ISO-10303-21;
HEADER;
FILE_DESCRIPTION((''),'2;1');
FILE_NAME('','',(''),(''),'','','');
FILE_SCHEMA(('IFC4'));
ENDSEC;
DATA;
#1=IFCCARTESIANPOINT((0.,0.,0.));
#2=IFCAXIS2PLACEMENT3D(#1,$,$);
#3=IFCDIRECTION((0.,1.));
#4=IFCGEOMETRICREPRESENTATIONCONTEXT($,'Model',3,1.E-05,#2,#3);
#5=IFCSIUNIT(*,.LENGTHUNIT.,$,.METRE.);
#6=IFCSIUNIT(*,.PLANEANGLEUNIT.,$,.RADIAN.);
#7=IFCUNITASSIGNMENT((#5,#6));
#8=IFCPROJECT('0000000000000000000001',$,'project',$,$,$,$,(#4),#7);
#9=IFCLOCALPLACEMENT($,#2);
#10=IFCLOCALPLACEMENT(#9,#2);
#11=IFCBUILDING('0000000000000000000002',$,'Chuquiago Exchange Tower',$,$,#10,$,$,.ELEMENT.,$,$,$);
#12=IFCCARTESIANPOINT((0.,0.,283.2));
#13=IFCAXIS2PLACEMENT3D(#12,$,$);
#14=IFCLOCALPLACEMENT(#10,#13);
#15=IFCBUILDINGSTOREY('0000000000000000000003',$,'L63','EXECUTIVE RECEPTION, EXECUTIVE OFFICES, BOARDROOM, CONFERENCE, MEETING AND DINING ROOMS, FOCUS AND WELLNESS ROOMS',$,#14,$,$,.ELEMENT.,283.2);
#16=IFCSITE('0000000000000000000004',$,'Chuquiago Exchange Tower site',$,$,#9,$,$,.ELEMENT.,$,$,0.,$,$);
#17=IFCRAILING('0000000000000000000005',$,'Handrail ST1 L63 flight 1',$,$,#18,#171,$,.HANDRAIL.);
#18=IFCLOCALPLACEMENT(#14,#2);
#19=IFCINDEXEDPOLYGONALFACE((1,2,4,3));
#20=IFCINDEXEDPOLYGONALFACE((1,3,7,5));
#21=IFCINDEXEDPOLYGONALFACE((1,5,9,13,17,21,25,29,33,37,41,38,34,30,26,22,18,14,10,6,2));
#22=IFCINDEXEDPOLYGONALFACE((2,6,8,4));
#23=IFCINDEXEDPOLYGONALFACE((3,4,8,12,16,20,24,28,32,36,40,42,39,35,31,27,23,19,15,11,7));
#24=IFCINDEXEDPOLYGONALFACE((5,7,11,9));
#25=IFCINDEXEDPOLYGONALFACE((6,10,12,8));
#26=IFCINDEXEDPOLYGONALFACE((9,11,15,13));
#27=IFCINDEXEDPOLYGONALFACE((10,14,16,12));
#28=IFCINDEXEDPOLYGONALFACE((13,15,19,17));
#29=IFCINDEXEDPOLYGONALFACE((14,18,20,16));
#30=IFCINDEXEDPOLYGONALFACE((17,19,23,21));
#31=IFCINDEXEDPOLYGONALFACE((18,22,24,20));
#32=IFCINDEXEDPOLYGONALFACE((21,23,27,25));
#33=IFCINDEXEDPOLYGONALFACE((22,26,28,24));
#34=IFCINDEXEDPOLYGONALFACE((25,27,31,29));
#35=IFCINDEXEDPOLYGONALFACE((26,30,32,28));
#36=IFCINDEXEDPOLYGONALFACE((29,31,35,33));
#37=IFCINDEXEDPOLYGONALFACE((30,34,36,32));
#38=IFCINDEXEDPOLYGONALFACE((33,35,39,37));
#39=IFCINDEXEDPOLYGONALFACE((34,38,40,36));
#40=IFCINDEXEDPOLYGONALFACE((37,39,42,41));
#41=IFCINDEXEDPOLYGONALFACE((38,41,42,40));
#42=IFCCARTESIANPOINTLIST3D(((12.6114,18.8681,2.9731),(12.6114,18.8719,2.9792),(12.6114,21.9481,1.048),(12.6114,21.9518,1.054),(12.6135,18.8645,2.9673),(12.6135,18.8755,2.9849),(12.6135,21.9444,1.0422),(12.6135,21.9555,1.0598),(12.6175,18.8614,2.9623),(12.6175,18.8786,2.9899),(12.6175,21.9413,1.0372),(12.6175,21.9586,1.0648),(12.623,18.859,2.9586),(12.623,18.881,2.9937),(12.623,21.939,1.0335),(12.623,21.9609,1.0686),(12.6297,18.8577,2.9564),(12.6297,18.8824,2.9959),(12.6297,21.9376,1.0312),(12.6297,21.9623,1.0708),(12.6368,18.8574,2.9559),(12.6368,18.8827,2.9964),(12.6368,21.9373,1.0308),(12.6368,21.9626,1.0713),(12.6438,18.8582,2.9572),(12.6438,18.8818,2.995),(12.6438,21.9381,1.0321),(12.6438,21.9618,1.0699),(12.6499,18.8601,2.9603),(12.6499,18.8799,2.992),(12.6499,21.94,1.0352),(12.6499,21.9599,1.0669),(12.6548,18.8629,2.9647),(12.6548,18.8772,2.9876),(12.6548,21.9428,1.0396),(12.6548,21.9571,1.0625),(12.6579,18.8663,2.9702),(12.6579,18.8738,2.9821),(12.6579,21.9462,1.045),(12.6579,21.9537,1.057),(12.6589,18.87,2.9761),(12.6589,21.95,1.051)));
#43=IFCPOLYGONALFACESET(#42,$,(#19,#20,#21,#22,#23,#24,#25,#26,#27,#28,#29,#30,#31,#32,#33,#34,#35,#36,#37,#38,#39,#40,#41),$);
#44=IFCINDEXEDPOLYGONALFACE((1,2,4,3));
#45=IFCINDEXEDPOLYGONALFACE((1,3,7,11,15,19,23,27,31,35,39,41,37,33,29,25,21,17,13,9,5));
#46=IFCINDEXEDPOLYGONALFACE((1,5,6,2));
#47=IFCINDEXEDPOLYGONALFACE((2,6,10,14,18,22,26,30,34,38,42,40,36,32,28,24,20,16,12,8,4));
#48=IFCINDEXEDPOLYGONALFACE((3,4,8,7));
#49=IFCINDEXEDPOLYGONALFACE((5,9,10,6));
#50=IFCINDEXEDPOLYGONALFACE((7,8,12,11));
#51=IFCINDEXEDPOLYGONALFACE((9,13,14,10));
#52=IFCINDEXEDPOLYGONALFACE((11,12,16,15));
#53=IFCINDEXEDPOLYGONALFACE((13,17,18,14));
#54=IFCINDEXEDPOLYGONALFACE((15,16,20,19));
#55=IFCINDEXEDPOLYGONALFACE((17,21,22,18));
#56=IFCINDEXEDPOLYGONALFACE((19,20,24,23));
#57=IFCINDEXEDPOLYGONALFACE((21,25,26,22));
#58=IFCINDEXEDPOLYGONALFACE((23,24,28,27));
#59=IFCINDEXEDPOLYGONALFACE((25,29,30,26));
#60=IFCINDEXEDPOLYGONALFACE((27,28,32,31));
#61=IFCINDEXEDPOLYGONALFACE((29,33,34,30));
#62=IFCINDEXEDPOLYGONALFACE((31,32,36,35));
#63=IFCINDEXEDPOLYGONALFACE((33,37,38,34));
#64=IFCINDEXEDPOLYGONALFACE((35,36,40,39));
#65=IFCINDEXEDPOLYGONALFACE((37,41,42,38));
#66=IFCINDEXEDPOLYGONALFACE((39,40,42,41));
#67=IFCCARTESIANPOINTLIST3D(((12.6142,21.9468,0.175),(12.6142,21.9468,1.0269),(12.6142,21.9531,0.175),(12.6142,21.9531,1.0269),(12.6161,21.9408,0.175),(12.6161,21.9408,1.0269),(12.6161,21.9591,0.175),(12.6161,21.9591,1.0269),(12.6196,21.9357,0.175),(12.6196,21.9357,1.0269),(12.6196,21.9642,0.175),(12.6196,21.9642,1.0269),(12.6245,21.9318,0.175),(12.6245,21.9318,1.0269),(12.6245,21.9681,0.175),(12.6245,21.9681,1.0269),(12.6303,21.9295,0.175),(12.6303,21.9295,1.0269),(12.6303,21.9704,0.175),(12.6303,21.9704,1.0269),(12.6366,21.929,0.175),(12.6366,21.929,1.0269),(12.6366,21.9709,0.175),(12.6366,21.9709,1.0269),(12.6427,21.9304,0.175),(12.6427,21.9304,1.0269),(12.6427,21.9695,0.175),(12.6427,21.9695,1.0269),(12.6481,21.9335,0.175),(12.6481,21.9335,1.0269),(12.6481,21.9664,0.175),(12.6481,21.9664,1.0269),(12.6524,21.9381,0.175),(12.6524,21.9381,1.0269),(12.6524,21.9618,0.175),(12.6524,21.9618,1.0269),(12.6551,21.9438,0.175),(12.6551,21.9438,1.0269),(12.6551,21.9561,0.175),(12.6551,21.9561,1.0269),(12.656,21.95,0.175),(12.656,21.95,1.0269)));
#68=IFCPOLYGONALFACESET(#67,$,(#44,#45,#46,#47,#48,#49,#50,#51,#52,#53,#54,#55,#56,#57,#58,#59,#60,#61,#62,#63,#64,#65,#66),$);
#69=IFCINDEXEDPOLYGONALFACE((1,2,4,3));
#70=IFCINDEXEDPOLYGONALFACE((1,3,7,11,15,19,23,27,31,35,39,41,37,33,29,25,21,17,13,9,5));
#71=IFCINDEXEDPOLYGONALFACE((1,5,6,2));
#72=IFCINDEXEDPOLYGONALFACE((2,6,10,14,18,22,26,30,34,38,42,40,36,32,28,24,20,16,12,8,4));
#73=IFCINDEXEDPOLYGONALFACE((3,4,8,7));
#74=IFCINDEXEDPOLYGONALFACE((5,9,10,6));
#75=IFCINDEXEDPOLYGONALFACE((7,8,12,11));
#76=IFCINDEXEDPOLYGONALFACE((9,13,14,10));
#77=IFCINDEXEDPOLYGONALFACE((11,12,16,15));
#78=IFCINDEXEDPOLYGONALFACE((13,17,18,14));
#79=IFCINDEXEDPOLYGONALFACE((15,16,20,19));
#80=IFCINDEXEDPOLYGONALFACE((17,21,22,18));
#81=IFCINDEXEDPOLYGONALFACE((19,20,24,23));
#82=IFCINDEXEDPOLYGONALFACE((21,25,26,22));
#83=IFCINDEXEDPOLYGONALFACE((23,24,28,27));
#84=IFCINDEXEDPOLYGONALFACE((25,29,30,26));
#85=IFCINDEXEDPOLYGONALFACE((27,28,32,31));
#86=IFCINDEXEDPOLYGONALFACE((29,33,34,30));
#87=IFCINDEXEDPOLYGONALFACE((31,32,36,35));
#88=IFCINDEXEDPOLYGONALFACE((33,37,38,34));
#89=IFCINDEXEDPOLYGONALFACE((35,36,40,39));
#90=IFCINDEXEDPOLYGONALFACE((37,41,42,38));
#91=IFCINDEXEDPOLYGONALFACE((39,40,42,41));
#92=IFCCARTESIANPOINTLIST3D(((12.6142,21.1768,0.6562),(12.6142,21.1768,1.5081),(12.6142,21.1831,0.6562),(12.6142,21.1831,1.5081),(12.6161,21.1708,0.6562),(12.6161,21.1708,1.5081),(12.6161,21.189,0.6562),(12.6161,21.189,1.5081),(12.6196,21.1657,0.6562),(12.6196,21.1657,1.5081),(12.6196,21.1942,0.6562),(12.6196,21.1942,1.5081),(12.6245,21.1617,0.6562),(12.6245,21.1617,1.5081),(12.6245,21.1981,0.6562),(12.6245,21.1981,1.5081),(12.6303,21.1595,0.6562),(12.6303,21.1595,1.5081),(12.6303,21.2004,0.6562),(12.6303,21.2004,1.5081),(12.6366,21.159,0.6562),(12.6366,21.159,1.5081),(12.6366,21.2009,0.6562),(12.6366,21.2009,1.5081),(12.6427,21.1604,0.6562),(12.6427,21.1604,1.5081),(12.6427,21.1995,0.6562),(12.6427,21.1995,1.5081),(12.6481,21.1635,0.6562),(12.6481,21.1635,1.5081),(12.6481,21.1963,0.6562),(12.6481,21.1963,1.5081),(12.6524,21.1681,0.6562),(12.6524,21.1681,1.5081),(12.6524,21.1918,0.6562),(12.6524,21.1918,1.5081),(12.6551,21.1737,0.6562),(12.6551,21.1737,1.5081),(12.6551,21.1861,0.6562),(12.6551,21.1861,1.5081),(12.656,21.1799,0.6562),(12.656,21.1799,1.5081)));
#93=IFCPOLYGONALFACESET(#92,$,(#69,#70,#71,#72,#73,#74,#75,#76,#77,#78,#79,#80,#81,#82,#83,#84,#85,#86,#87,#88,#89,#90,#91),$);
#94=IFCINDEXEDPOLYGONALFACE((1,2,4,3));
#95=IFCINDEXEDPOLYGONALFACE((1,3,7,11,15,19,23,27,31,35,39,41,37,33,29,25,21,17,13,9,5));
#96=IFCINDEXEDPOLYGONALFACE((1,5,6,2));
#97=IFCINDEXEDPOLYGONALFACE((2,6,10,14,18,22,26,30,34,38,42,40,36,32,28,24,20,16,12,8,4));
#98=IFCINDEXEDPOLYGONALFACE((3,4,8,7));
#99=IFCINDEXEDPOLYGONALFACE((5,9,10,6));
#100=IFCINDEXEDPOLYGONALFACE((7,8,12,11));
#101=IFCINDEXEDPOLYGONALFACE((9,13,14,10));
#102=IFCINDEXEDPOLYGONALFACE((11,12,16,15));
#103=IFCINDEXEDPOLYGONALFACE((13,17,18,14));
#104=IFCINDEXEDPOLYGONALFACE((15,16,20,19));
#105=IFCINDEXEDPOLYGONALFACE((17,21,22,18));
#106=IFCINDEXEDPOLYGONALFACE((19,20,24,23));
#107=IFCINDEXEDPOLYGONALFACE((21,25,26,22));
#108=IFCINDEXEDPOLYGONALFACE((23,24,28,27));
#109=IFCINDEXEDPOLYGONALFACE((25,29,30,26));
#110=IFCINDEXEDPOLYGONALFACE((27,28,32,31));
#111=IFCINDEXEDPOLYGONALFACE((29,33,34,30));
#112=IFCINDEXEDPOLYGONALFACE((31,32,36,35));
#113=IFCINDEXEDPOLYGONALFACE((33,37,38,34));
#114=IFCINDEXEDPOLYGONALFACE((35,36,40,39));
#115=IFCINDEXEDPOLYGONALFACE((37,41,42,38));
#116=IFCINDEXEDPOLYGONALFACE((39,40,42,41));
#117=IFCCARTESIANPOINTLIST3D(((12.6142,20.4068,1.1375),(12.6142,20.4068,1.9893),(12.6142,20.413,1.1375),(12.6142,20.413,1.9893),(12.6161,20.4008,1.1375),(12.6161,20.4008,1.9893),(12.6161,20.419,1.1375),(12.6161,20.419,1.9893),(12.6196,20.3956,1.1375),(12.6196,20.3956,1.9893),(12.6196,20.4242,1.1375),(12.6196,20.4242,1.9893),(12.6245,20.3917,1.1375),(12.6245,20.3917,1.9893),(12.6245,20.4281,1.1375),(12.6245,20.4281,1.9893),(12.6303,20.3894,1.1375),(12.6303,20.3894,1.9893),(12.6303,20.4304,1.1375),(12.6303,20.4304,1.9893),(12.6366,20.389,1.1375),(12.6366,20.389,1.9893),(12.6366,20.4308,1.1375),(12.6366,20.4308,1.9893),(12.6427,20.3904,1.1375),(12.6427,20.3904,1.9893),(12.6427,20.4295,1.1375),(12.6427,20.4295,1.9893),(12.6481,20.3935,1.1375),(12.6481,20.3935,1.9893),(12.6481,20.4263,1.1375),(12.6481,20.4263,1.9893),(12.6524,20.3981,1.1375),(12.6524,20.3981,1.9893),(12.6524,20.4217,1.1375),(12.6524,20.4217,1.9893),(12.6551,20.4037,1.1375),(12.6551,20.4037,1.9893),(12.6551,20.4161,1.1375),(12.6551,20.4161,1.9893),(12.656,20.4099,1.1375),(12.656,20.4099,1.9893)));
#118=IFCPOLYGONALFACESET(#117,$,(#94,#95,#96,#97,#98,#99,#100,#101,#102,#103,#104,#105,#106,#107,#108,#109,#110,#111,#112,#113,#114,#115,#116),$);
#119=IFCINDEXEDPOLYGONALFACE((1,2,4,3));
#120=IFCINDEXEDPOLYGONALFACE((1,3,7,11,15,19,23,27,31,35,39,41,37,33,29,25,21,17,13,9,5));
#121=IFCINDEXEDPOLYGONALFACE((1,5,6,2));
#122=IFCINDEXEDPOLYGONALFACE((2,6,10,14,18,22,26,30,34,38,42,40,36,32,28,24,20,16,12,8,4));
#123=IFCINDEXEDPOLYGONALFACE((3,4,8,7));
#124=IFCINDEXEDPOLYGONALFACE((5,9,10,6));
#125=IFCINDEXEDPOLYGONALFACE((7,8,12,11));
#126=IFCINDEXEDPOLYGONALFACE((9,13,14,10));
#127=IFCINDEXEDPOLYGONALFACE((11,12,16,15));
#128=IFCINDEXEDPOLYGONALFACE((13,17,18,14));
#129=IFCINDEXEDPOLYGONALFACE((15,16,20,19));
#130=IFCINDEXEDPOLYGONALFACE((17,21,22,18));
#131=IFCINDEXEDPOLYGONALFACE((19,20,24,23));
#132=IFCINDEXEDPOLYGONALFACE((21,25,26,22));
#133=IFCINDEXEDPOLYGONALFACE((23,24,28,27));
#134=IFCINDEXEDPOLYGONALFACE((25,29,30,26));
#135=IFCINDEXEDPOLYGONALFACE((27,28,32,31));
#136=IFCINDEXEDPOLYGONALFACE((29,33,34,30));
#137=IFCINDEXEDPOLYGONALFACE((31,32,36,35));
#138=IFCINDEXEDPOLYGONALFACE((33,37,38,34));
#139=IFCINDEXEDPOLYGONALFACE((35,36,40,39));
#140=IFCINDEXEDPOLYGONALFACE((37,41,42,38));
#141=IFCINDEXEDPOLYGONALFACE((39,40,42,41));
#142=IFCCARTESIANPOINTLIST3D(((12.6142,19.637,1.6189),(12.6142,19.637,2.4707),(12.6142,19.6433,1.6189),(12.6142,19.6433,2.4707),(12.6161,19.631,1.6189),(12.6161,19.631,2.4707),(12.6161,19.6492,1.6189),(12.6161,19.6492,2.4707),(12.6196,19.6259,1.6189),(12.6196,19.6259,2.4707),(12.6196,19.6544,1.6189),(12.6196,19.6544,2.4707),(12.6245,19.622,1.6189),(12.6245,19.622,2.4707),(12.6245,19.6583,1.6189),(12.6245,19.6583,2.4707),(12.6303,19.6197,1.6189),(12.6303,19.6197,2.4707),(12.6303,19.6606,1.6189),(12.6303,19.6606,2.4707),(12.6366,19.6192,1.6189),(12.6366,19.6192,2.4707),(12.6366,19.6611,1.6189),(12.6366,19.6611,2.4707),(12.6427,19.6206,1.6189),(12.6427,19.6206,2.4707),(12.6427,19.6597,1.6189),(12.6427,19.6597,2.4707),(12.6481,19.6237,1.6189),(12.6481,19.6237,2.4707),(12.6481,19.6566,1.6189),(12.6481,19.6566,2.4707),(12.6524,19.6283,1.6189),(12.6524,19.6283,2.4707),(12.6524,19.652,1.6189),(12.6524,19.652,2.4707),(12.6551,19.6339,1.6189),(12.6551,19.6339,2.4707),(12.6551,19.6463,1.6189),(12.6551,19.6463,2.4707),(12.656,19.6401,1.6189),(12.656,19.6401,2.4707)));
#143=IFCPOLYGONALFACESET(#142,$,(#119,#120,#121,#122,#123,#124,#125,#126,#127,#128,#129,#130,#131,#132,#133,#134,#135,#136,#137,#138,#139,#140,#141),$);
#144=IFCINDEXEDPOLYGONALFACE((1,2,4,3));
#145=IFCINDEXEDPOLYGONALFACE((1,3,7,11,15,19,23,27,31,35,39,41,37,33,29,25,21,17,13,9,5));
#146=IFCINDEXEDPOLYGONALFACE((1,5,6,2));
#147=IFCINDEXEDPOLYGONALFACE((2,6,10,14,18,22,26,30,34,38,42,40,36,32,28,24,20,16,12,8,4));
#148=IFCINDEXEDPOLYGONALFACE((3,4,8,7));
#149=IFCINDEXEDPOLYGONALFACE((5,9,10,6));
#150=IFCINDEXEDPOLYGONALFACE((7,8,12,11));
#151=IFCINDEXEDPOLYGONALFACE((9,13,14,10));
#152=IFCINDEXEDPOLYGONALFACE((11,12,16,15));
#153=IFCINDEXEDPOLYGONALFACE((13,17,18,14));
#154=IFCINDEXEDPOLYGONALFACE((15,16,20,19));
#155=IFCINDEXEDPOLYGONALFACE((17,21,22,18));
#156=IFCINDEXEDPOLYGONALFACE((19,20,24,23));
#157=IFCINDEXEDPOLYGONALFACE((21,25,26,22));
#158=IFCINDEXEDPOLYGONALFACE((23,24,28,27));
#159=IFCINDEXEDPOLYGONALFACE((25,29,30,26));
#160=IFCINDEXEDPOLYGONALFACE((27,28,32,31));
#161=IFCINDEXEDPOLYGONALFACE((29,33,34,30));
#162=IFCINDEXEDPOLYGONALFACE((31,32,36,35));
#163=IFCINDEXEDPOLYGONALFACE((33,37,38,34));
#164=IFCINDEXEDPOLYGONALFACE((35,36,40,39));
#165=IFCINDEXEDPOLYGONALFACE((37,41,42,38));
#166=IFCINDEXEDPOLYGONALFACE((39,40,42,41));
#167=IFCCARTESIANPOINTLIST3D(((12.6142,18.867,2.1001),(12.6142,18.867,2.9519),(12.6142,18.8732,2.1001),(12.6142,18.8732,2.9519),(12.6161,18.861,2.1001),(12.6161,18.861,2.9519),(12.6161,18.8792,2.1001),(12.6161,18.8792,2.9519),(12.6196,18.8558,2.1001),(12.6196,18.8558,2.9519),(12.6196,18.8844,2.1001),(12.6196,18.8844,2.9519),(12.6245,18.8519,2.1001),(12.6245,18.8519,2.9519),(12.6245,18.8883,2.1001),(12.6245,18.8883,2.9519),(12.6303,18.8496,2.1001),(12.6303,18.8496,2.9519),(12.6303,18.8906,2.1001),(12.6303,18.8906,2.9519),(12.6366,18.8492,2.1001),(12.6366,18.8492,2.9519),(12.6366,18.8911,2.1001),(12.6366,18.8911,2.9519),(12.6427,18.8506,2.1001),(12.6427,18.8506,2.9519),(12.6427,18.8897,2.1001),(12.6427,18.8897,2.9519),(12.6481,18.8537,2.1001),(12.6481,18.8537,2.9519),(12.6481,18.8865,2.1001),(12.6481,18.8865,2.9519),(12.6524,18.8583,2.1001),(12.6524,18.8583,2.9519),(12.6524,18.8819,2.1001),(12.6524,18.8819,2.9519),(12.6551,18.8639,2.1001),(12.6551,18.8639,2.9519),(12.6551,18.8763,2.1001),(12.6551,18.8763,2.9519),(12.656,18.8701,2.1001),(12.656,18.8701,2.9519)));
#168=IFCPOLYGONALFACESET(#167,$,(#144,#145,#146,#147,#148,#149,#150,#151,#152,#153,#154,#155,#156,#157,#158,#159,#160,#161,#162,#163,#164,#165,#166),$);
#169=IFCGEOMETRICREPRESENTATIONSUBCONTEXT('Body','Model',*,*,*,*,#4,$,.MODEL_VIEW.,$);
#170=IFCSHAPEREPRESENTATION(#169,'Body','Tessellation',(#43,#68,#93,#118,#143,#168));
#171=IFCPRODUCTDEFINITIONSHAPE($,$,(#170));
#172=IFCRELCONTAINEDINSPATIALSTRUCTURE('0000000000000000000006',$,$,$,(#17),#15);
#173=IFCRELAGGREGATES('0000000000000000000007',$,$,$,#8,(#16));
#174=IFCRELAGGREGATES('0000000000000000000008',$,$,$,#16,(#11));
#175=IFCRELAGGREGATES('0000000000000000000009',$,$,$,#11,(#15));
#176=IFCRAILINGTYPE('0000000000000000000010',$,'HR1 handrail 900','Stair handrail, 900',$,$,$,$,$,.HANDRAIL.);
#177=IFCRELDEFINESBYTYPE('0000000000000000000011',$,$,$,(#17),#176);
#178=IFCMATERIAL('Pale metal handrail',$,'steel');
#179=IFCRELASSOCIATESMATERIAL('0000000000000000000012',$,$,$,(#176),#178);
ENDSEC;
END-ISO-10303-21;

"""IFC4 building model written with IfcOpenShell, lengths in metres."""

from ifc_helpers import new_model, si_unit, direction, frame, origin, origin_2d, place, context, subcontext, project, spatial, circle, extrude, material, type_object, element, save


model = new_model("IFC4")

# Units and contexts
model_context = context("Model", 3, precision=1e-05, world=origin(), true_north=direction((0.0, 1.0)))
body_context = subcontext(model_context, "Body", "Model", "MODEL_VIEW")
ifc_project = project(units=[si_unit("LENGTHUNIT", "METRE"), si_unit("PLANEANGLEUNIT", "RADIAN")], contexts=[model_context])

# Site, building, storey
site_placement = place(None, origin())
site = spatial("IfcSite", under=ifc_project, at=site_placement, Name="Chuquiago Exchange Tower site", CompositionType="ELEMENT", RefElevation=0.0)
building_placement = place(site_placement, origin())
building = spatial("IfcBuilding", under=site, at=building_placement, Name="Chuquiago Exchange Tower", CompositionType="ELEMENT")
storey_placement = place(building_placement, frame((0.0, 0.0, 283.2)))
storey = spatial("IfcBuildingStorey", under=building, at=storey_placement, Name="L63", Description="EXECUTIVE RECEPTION, EXECUTIVE OFFICES, BOARDROOM, CONFERENCE, MEETING AND DINING ROOMS, FOCUS AND WELLNESS ROOMS", CompositionType="ELEMENT", Elevation=283.2)

# Railing
ifc_material_1 = material(Name="Pale metal handrail", Category="steel")
railing_type_1 = type_object("IfcRailingType", Name="HR1 handrail 900", Description="Stair handrail, 900", PredefinedType="HANDRAIL", material=ifc_material_1)
for number, where, name in (
    (1, (12.635, 21.95, 0.175), "Handrail ST1 L63 flight 1"),
):
    element("IfcRailing", number, at=place(storey_placement, frame(where)), inside=storey, type_object=railing_type_1, Name=name, PredefinedType="HANDRAIL", context=body_context, shape_type="SweptSolid", body=[
        extrude(circle(Radius=0.0239, at=origin_2d()), frame((0.0, 0.0, 0.876), z_axis=(0.0, -0.847979, 0.530029), x_axis=(1.0, 0.0, 0.0)), (0.0, 0.0, 1.0), 3.6321),
        extrude(circle(Radius=0.021, at=origin_2d()), origin(), (0.0, 0.0, 1.0), 0.8518),
        extrude(circle(Radius=0.021, at=origin_2d()), frame((0.0, -0.77, 0.4812)), (0.0, 0.0, 1.0), 0.8518),
        extrude(circle(Radius=0.021, at=origin_2d()), frame((0.0, -1.54, 0.9624)), (0.0, 0.0, 1.0), 0.8518),
        extrude(circle(Radius=0.021, at=origin_2d()), frame((0.0, -2.3098, 1.4438)), (0.0, 0.0, 1.0), 0.8518),
        extrude(circle(Radius=0.021, at=origin_2d()), frame((0.0, -3.0798, 1.925)), (0.0, 0.0, 1.0), 0.8518),
    ])

save(model, "model.ifc")
